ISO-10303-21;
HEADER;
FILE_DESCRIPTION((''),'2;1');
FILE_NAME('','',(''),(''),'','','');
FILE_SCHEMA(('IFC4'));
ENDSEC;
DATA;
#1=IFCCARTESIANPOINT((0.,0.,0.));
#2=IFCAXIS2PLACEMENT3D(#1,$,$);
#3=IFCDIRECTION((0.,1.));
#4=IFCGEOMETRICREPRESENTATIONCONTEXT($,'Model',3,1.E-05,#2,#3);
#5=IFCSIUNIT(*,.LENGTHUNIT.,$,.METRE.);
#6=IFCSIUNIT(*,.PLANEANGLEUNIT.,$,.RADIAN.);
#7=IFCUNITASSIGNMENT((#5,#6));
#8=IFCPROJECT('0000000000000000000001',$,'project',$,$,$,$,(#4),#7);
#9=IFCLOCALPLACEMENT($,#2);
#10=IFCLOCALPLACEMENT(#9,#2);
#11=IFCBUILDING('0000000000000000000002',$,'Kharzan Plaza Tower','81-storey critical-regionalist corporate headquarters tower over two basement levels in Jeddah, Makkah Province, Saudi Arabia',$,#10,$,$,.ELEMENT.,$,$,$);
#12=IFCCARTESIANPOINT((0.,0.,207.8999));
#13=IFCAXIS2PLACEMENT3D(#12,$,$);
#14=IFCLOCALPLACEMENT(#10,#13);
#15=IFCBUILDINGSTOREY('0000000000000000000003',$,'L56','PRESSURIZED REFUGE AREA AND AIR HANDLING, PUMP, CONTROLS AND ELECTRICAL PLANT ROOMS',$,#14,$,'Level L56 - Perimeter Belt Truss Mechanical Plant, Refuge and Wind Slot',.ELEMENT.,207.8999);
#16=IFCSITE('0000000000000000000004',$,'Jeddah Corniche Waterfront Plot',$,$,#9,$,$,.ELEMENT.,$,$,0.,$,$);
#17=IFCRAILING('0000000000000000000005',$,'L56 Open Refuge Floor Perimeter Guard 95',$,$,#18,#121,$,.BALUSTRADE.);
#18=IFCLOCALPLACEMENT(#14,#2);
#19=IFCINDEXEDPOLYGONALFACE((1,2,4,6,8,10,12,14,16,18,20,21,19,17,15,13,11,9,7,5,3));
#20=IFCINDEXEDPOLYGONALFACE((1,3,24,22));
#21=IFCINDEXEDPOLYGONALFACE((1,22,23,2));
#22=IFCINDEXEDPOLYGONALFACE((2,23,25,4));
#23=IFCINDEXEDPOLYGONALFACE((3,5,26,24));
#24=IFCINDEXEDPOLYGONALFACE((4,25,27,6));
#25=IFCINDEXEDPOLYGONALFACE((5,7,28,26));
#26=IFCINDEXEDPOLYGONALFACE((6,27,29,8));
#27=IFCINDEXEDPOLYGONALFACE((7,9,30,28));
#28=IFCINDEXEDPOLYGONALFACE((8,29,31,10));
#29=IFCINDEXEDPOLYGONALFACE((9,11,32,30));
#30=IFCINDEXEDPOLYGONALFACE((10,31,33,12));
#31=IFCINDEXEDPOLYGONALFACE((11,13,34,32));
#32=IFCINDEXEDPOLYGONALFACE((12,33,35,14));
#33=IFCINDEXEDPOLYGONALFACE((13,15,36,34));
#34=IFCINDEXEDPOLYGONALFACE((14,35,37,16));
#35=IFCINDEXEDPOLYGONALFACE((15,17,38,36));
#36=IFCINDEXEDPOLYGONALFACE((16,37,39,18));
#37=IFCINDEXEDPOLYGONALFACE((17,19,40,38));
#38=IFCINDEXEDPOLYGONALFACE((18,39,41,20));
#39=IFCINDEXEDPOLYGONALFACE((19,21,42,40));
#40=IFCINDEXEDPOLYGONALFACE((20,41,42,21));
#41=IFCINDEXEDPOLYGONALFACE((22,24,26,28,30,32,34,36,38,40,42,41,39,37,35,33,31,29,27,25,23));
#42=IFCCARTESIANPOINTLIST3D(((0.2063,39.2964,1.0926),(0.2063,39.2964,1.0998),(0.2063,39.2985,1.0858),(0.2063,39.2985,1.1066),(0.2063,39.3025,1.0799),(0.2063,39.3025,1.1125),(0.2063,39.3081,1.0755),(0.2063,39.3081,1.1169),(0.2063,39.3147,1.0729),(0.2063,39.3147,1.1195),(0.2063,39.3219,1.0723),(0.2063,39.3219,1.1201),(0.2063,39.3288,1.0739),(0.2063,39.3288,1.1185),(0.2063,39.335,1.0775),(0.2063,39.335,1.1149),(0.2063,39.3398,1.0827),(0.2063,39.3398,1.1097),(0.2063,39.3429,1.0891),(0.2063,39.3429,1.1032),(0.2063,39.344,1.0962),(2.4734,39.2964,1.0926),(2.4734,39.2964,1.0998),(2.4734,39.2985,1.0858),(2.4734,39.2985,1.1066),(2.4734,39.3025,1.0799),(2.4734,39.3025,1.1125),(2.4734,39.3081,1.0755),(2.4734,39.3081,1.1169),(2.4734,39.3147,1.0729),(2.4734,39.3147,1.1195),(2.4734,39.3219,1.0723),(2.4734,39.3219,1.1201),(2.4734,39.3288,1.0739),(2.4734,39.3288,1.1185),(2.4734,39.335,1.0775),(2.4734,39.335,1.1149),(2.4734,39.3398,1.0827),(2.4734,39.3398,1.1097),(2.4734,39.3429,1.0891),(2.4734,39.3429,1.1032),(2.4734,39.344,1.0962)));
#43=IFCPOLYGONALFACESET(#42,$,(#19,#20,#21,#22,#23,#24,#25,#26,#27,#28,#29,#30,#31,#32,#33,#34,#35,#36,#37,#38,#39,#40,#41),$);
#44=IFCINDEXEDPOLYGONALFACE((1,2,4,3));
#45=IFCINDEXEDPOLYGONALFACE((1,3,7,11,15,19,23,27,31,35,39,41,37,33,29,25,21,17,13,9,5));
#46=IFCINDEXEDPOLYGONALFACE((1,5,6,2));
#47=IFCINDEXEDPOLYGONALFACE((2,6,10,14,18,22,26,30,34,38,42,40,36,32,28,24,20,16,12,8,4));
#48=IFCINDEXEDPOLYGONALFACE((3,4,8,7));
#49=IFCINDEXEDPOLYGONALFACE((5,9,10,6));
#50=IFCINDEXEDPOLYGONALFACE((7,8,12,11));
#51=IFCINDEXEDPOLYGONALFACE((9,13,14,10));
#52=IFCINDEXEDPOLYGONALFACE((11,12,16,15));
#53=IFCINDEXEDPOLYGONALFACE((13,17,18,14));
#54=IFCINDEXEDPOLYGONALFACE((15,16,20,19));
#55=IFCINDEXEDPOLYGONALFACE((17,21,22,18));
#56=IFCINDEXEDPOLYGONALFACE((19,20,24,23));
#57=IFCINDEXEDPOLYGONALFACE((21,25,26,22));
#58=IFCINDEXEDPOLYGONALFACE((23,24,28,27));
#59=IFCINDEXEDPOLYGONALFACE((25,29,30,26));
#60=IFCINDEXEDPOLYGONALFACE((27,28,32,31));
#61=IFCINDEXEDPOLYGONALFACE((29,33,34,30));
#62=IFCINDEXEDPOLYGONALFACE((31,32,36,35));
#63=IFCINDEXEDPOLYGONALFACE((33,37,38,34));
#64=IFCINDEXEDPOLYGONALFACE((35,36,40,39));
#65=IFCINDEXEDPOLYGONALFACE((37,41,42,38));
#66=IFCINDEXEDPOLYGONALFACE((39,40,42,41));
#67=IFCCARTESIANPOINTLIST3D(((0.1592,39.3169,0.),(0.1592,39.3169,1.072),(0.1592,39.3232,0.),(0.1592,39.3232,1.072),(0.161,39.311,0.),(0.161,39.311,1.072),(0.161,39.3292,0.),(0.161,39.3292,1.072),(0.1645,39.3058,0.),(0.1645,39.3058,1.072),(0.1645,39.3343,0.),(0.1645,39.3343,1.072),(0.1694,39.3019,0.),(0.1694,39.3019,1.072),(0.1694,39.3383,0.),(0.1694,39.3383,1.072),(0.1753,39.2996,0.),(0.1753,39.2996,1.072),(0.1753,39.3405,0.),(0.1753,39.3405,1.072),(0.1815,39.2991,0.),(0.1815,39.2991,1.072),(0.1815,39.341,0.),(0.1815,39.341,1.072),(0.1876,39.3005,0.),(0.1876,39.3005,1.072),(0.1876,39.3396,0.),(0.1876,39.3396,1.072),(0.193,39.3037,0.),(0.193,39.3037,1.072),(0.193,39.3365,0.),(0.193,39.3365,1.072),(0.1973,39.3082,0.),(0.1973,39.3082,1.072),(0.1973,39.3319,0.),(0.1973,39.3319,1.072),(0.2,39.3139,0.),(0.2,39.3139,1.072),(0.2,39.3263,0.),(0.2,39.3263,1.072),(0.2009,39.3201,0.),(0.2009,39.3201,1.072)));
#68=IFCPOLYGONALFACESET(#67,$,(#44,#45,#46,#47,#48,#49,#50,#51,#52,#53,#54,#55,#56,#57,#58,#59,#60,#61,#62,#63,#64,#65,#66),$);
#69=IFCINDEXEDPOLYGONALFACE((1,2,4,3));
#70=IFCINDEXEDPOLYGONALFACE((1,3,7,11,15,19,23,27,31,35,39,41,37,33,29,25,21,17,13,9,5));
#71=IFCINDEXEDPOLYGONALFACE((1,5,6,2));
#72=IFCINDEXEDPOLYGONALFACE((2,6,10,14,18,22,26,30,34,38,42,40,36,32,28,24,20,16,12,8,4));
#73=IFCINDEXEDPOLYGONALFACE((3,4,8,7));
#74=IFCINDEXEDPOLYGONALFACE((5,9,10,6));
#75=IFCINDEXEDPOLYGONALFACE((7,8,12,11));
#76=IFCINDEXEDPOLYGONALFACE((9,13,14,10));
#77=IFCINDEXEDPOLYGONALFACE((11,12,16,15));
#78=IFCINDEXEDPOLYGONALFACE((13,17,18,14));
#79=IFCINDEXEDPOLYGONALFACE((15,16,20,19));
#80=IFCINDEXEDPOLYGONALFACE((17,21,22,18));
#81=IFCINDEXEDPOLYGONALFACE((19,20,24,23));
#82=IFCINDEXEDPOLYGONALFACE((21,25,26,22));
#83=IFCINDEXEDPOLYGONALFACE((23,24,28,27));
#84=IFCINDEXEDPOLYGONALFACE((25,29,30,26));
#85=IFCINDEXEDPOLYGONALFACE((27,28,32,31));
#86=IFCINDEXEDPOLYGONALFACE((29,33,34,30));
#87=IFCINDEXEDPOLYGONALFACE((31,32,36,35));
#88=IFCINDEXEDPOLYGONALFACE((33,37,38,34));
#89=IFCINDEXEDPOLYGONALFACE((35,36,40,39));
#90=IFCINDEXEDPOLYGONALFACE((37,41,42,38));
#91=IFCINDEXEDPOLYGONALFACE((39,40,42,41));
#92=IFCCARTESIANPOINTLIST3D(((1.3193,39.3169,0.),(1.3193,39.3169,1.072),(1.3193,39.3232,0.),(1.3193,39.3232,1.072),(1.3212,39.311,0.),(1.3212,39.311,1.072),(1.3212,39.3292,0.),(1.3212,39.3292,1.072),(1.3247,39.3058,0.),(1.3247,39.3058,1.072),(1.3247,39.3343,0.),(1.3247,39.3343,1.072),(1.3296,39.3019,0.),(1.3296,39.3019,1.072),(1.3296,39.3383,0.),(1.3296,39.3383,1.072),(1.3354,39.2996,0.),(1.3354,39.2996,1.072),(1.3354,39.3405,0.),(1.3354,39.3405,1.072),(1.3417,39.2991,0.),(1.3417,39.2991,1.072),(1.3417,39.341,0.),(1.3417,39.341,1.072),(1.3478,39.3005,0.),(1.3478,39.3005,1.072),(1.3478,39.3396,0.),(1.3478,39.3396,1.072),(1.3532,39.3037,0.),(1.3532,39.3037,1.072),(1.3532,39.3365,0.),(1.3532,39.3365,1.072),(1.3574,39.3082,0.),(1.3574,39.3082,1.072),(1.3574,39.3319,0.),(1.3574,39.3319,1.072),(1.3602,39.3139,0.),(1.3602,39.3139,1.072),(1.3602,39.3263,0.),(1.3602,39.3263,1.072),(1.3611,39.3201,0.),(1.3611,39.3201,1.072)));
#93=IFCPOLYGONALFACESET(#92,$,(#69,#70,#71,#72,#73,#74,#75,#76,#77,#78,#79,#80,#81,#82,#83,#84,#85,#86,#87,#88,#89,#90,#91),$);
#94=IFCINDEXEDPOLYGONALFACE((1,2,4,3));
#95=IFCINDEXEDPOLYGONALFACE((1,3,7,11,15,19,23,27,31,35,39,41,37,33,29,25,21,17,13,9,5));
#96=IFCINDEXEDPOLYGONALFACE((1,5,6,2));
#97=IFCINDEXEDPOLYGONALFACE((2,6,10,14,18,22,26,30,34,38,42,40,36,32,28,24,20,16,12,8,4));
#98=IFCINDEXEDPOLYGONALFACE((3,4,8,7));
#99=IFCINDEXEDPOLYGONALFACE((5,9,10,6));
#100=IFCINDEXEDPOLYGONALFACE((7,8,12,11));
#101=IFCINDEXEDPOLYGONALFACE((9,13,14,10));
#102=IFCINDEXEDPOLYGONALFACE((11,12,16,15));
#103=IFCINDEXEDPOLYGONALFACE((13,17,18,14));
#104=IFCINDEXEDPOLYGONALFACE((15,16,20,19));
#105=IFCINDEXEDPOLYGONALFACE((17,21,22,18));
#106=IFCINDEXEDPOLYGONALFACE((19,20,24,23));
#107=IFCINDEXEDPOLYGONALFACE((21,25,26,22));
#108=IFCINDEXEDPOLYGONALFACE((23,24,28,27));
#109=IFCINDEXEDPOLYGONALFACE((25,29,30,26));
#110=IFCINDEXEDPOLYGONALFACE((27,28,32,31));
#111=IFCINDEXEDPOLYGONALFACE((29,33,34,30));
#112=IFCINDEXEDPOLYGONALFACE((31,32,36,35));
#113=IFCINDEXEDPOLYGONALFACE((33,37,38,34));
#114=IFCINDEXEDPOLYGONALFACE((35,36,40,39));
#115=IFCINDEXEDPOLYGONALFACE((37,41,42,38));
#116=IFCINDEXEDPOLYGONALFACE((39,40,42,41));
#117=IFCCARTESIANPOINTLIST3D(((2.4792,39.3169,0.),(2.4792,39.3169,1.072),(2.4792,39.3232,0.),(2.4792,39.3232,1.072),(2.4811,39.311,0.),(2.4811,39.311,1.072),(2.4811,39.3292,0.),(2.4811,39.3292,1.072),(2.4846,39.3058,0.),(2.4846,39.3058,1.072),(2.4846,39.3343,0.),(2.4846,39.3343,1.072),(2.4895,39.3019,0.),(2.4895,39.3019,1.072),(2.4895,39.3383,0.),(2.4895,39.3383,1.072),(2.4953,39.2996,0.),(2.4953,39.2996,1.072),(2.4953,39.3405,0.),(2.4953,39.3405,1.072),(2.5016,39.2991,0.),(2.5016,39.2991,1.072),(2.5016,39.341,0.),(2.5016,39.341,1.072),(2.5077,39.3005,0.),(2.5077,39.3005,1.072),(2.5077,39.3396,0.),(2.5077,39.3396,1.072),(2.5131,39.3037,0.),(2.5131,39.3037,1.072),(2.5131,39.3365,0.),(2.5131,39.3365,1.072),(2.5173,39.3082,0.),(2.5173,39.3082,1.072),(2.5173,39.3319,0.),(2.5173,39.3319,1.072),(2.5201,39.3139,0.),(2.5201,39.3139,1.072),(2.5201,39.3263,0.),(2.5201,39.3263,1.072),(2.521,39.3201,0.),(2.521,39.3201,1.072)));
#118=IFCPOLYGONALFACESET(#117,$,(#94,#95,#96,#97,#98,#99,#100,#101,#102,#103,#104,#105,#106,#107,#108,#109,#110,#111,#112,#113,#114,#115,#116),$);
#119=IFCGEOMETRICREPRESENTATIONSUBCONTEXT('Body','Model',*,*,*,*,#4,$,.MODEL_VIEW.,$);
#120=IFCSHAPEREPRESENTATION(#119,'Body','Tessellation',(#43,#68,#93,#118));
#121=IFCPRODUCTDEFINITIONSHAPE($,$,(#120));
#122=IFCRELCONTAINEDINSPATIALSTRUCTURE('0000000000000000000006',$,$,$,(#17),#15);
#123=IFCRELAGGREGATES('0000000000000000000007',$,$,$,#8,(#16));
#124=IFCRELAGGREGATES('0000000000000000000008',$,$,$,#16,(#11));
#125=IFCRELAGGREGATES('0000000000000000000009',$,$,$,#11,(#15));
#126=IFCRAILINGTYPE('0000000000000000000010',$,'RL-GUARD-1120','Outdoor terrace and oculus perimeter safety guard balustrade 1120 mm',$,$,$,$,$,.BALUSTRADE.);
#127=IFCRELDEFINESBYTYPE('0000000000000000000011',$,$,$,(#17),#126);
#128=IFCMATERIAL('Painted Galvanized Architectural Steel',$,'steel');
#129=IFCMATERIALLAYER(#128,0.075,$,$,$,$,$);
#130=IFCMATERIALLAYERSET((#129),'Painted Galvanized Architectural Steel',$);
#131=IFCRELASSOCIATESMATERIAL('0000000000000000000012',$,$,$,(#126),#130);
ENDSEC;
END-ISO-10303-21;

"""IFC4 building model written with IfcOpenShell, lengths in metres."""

from ifc_helpers import new_model, si_unit, direction, frame, origin, origin_2d, place, context, subcontext, project, spatial, circle, extrude, source, transform, mapped, material, layer, layer_set, type_object, element, save


model = new_model("IFC4")

# Units and contexts
model_context = context("Model", 3, precision=1e-05, world=origin(), true_north=direction((0.0, 1.0)))
body_context = subcontext(model_context, "Body", "Model", "MODEL_VIEW")
ifc_project = project(units=[si_unit("LENGTHUNIT", "METRE"), si_unit("PLANEANGLEUNIT", "RADIAN")], contexts=[model_context])

# Site, building, storey
site_placement = place(None, origin())
site = spatial("IfcSite", under=ifc_project, at=site_placement, Name="Jeddah Corniche Waterfront Plot", CompositionType="ELEMENT", RefElevation=0.0)
building_placement = place(site_placement, origin())
building = spatial("IfcBuilding", under=site, at=building_placement, Name="Kharzan Plaza Tower", Description="81-storey critical-regionalist corporate headquarters tower over two basement levels in Jeddah, Makkah Province, Saudi Arabia", CompositionType="ELEMENT")
storey_placement = place(building_placement, frame((0.0, 0.0, 207.8999)))
storey = spatial("IfcBuildingStorey", under=building, at=storey_placement, Name="L56", Description="PRESSURIZED REFUGE AREA AND AIR HANDLING, PUMP, CONTROLS AND ELECTRICAL PLANT ROOMS", LongName="Level L56 - Perimeter Belt Truss Mechanical Plant, Refuge and Wind Slot", CompositionType="ELEMENT", Elevation=207.8999)

# Railing
ifc_material_1 = material(Name="Painted Galvanized Architectural Steel", Category="steel")
ifc_layer_1 = layer(ifc_material_1, 0.075)
ifc_layer_set_1 = layer_set([ifc_layer_1], Name="Painted Galvanized Architectural Steel")
railing_type = type_object("IfcRailingType", Name="RL-GUARD-1120", Description="Outdoor terrace and oculus perimeter safety guard balustrade 1120 mm", PredefinedType="BALUSTRADE", material=ifc_layer_set_1)
shared_shape_1 = source(origin(), body_context, "Body", "SweptSolid", [
    extrude(circle(Radius=0.0239, at=origin_2d()), frame((0.0264, 0.0, 1.0962), z_axis=(1.0, 0.0, 0.0), x_axis=(0.0, 1.0, 0.0)), (0.0, 0.0, 1.0), 2.2671),
    extrude(circle(Radius=0.021, at=origin_2d()), origin(), (0.0, 0.0, 1.0), 1.072),
    extrude(circle(Radius=0.021, at=origin_2d()), frame((1.1602, 0.0, 0.0)), (0.0, 0.0, 1.0), 1.072),
    extrude(circle(Radius=0.021, at=origin_2d()), frame((2.3201, 0.0, 0.0)), (0.0, 0.0, 1.0), 1.072),
])
railing_1_placement = place(storey_placement, frame((0.1799, 39.3201, 0.0)))
element("IfcRailing", 1, at=railing_1_placement, inside=storey, type_object=railing_type, Name="L56 Open Refuge Floor Perimeter Guard 95", PredefinedType="BALUSTRADE", context=body_context, shape_type="MappedRepresentation", body=[
    mapped(shared_shape_1, transform((0.0, 0.0, 0.0), x_axis=(1.0, 0.0, 0.0), y_axis=(0.0, 1.0, 0.0), z_axis=(0.0, 0.0, 1.0))),
])

save(model, "model.ifc")
